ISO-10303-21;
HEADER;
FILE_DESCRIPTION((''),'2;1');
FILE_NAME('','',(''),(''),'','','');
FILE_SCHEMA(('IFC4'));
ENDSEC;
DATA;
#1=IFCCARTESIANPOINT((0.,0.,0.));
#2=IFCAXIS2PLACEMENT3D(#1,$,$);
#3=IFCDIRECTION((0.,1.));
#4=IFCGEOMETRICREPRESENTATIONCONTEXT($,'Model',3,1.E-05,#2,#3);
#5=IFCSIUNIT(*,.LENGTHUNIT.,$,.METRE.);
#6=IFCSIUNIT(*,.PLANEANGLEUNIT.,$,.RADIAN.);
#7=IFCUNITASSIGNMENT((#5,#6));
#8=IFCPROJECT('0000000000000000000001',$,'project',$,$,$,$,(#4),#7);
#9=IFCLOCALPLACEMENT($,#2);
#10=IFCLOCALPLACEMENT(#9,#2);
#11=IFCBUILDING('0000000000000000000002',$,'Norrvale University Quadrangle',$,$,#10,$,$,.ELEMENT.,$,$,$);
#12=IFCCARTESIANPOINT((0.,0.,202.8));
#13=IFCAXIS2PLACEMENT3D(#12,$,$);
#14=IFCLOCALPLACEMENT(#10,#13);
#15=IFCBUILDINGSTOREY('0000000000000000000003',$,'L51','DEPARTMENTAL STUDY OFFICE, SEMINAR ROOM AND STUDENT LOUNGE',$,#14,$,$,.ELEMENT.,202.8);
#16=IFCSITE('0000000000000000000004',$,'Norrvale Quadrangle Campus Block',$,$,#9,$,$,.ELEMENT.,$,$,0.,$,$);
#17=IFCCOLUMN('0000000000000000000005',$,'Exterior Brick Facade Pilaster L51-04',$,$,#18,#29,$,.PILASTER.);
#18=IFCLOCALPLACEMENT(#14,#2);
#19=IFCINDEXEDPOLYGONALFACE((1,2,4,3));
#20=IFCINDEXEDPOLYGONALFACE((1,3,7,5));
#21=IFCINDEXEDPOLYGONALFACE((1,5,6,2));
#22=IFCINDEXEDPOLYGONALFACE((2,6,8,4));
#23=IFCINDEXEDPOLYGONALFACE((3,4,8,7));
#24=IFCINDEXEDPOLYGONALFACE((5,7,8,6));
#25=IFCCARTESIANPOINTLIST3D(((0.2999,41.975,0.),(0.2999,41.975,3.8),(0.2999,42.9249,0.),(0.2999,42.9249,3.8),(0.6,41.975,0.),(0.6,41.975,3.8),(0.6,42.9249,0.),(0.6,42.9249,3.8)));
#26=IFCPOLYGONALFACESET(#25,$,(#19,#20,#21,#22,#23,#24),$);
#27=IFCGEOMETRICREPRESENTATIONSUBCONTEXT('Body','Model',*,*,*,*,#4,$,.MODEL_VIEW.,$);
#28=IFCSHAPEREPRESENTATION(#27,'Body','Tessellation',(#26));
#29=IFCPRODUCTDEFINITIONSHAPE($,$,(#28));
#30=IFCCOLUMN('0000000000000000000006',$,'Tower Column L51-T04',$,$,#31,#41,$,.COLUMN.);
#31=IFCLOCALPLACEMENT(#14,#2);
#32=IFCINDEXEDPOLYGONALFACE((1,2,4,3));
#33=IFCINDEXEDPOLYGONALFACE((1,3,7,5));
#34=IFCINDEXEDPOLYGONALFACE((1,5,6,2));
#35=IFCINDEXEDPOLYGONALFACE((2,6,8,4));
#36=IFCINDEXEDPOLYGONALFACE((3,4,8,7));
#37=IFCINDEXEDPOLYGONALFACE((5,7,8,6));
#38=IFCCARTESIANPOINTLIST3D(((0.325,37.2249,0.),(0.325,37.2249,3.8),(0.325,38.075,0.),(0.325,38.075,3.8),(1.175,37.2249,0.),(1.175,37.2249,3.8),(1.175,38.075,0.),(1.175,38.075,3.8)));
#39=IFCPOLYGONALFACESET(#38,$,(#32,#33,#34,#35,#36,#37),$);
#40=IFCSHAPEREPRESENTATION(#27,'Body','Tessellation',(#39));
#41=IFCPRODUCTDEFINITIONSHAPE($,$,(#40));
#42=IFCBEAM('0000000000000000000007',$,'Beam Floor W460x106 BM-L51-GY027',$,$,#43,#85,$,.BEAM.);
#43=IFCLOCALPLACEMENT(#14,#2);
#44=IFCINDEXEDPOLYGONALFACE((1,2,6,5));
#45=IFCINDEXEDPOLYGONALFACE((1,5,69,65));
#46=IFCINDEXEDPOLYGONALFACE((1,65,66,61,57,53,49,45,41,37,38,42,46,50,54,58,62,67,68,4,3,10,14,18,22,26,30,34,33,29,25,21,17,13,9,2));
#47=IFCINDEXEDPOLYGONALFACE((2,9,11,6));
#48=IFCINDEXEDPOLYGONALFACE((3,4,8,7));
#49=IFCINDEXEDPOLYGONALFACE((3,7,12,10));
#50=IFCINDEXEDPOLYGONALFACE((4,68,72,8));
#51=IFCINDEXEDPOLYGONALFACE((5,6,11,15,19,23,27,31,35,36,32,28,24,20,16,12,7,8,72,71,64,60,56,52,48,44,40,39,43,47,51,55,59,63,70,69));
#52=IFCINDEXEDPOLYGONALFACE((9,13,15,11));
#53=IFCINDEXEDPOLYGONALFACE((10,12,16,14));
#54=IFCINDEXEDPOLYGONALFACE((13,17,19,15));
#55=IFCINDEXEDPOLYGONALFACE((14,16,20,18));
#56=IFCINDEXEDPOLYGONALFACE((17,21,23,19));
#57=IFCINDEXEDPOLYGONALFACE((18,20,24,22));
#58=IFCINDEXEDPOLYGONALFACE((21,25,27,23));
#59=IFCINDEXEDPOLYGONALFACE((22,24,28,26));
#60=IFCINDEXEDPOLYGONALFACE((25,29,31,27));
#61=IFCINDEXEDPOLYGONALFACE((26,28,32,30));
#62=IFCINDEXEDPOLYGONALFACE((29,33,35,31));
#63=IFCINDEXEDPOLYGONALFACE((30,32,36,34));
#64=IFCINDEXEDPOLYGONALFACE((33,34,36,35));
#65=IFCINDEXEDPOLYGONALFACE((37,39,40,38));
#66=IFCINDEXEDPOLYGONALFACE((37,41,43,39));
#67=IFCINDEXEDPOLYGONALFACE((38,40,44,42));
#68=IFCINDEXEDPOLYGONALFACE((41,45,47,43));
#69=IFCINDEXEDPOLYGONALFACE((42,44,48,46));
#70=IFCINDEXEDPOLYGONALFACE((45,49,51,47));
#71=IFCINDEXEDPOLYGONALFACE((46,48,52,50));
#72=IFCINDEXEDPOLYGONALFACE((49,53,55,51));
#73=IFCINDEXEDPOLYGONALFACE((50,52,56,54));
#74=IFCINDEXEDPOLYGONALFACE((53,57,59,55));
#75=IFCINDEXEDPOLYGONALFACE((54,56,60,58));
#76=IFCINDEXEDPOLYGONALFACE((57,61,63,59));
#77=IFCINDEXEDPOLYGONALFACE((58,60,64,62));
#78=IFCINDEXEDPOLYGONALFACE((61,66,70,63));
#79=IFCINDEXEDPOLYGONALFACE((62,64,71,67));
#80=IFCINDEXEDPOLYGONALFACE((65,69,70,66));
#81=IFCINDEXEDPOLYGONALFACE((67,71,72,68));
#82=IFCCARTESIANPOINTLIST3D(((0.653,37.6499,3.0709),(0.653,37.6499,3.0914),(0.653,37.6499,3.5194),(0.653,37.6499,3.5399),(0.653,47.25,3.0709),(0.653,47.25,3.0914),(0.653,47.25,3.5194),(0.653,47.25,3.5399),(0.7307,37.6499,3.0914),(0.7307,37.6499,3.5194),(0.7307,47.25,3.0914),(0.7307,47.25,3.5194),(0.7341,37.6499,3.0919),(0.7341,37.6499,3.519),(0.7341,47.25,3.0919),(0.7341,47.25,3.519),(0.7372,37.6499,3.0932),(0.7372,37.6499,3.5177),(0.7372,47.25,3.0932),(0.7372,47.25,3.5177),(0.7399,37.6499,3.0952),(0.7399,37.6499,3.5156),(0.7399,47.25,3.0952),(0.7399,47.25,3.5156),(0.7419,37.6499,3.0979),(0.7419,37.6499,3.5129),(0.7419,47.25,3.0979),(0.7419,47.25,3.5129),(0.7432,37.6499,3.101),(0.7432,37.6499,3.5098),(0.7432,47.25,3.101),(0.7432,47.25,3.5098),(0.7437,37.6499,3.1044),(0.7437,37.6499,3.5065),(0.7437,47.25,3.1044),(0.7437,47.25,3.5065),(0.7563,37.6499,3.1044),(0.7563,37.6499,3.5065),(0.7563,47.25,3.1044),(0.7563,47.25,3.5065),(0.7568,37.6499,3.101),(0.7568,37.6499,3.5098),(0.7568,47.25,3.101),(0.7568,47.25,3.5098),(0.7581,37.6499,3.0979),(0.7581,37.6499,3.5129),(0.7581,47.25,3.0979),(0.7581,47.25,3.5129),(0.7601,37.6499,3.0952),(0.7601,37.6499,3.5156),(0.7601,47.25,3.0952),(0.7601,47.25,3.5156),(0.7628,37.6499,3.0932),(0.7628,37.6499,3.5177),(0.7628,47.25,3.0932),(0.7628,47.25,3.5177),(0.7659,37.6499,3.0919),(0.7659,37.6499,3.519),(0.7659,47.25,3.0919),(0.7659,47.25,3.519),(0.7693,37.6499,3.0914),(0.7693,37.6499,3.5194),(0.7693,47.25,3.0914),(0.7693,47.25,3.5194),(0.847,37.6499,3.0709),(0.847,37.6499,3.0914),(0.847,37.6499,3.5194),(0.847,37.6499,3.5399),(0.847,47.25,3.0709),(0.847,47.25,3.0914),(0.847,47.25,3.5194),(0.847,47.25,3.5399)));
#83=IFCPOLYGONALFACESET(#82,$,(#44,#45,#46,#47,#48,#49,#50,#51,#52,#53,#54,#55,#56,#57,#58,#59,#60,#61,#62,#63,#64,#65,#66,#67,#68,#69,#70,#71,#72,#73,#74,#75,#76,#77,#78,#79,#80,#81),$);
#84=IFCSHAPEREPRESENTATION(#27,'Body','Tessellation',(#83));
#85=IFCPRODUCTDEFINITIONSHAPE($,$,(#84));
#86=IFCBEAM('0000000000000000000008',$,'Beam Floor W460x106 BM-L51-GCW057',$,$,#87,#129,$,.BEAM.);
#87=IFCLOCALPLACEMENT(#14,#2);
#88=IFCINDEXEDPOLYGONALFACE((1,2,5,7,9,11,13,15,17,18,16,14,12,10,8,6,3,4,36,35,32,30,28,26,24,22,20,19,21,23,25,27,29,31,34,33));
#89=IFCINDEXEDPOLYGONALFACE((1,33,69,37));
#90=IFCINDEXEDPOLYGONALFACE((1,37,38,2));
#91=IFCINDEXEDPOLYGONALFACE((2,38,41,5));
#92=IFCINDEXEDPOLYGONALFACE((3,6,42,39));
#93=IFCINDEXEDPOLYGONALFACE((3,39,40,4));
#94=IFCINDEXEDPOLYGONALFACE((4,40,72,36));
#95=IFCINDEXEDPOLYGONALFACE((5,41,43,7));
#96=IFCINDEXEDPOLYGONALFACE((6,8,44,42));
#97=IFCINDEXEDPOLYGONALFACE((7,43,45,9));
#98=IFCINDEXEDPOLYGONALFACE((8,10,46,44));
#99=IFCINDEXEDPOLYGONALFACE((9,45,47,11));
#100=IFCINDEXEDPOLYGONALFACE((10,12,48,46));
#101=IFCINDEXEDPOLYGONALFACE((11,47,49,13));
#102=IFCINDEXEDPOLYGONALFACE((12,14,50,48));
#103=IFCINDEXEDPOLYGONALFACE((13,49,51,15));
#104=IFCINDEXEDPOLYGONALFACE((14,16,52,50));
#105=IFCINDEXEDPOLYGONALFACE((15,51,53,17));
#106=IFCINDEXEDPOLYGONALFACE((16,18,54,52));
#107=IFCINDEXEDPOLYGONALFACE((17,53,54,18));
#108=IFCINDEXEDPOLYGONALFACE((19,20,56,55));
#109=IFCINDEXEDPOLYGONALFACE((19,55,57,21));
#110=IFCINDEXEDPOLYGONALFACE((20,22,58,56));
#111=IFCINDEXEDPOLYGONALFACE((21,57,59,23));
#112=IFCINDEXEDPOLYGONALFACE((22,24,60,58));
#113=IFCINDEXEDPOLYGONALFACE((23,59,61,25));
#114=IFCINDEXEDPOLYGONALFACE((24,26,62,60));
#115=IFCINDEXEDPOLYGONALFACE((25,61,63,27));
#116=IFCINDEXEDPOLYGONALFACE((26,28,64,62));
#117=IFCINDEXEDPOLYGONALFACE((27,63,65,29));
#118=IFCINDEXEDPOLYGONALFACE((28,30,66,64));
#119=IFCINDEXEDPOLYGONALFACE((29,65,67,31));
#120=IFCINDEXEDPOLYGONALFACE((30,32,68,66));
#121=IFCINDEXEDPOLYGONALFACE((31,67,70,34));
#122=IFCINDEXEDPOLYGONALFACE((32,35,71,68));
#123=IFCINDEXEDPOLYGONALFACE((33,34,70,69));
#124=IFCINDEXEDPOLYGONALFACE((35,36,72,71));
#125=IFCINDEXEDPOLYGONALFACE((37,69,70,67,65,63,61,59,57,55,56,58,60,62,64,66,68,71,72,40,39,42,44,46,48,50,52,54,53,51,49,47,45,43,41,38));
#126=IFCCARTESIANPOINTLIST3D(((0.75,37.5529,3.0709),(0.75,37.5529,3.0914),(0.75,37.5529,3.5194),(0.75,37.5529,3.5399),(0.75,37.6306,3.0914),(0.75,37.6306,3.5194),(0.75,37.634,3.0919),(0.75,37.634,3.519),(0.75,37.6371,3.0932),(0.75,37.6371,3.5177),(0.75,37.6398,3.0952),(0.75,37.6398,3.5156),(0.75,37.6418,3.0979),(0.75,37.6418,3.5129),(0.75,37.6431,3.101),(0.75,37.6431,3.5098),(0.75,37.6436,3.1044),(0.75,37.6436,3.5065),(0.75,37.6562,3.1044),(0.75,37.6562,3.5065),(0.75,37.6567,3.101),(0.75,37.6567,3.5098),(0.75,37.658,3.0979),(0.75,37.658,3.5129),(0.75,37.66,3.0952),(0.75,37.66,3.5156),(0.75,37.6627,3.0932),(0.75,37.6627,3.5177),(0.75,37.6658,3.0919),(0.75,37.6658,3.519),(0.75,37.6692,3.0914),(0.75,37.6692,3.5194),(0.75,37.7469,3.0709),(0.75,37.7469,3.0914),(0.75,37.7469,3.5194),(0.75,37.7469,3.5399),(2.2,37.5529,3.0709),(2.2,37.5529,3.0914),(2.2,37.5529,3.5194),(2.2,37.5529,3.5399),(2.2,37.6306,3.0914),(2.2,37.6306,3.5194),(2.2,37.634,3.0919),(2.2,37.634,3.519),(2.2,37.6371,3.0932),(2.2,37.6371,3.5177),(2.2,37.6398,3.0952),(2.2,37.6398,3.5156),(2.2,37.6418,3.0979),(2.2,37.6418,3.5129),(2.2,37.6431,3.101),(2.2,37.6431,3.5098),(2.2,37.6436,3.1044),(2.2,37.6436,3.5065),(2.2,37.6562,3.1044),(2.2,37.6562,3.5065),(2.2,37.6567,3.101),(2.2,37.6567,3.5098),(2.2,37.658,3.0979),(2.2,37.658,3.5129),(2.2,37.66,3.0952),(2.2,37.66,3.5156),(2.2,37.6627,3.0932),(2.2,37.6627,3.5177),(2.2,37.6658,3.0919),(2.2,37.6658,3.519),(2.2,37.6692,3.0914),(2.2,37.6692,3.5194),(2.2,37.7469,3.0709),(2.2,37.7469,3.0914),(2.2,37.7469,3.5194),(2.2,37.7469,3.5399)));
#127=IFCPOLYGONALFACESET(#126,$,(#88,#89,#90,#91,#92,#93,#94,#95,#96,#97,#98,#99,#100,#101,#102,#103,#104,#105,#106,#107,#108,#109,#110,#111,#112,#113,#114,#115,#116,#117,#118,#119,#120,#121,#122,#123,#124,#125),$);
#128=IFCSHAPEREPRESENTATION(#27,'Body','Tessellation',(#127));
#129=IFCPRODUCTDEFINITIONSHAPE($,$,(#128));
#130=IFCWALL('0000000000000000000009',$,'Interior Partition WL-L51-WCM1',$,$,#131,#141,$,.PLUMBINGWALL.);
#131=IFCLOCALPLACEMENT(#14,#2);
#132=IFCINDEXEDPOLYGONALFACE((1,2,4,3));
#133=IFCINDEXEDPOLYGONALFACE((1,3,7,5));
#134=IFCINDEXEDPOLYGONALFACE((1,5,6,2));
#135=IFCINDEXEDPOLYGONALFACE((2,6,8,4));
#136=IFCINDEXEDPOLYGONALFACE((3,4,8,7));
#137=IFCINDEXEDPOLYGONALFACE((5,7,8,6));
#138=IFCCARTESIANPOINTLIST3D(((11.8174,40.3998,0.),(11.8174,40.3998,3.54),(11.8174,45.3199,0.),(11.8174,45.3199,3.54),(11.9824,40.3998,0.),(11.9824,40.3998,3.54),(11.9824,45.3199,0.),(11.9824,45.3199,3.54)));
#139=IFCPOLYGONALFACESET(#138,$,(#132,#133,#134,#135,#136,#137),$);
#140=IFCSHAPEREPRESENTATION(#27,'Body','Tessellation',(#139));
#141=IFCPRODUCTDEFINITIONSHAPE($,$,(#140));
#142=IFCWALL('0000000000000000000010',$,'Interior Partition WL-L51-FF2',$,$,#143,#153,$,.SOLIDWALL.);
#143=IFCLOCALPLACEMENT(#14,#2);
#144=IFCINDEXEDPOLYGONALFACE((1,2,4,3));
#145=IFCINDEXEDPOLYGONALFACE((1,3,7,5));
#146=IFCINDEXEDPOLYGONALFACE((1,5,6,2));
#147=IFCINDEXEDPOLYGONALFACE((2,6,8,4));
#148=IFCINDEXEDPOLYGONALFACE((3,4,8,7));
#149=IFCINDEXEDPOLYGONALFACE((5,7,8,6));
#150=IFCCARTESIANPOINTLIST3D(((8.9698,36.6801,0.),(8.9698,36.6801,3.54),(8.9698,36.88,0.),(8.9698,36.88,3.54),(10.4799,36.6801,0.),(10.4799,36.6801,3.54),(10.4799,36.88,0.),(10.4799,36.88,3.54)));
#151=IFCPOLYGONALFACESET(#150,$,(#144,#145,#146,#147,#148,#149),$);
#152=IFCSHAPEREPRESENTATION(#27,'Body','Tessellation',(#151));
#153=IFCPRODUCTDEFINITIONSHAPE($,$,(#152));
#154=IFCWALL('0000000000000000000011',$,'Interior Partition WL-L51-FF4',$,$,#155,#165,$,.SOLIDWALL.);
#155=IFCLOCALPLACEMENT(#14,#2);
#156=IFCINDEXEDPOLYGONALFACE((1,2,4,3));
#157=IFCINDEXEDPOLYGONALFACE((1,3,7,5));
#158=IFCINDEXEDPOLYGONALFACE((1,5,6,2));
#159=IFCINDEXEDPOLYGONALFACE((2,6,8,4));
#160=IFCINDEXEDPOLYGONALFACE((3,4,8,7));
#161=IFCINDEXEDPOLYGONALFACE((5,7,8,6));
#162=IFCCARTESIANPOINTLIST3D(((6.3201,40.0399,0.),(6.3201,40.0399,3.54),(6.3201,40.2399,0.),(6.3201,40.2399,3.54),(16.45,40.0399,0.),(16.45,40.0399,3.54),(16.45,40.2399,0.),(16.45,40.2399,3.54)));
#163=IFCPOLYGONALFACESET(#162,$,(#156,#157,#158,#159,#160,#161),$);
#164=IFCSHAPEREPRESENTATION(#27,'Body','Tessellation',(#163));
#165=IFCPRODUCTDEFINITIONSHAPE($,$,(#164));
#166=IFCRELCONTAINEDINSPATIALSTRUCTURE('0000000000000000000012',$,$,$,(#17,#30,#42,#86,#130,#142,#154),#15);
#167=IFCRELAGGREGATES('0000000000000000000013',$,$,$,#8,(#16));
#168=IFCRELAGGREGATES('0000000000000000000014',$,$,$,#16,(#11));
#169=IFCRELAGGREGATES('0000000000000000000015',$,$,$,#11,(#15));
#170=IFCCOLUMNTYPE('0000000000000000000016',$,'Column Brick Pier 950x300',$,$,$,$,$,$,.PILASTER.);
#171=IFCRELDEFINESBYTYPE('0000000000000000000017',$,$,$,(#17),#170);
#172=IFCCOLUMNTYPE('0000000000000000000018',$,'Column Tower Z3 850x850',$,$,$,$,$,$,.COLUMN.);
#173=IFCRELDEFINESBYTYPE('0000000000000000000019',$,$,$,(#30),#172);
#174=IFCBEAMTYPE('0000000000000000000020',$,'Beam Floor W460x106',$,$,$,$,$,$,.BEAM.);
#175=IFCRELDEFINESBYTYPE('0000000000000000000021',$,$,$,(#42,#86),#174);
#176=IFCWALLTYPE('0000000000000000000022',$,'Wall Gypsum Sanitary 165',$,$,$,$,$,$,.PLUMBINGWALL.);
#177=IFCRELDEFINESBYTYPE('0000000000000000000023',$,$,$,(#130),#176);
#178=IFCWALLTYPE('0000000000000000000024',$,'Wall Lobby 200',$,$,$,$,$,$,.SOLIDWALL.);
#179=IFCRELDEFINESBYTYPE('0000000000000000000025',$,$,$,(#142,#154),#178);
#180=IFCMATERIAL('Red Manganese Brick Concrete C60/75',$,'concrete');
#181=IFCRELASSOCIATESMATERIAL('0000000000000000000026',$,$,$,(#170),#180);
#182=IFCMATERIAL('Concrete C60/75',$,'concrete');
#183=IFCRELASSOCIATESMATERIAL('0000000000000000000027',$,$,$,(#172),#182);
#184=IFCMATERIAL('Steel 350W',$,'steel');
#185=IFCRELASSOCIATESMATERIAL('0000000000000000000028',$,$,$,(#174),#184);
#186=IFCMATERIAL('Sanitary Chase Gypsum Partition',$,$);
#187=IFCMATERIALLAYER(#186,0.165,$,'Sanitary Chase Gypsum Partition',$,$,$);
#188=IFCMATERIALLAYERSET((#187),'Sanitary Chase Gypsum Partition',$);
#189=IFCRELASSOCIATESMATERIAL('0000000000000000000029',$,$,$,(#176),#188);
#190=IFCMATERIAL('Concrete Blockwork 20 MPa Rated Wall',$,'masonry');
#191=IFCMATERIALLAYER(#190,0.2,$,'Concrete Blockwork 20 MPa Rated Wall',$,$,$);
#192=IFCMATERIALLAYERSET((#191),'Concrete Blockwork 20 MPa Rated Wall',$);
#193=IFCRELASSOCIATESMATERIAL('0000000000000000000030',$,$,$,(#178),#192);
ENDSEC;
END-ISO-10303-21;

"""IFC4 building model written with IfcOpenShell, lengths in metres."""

from ifc_helpers import new_model, si_unit, direction, frame, frame_2d, origin, origin_2d, place, context, subcontext, project, spatial, rectangle, i_section, extrude, material, layer, layer_set, material_profile, profile_set, type_object, element, save


model = new_model("IFC4")

# Units and contexts
model_context = context("Model", 3, precision=1e-05, world=origin(), true_north=direction((0.0, 1.0)))
body_context = subcontext(model_context, "Body", "Model", "MODEL_VIEW")
ifc_project = project(units=[si_unit("LENGTHUNIT", "METRE"), si_unit("PLANEANGLEUNIT", "RADIAN")], contexts=[model_context])

# Site, building, storey
site_placement = place(None, origin())
site = spatial("IfcSite", under=ifc_project, at=site_placement, Name="Norrvale Quadrangle Campus Block", CompositionType="ELEMENT", RefElevation=0.0)
building_placement = place(site_placement, origin())
building = spatial("IfcBuilding", under=site, at=building_placement, Name="Norrvale University Quadrangle", CompositionType="ELEMENT")
storey_placement = place(building_placement, frame((0.0, 0.0, 202.8)))
storey = spatial("IfcBuildingStorey", under=building, at=storey_placement, Name="L51", Description="DEPARTMENTAL STUDY OFFICE, SEMINAR ROOM AND STUDENT LOUNGE", CompositionType="ELEMENT", Elevation=202.8)

# Columns
ifc_material_1 = material(Name="Red Manganese Brick Concrete C60/75", Category="concrete")
ifc_material_profile_1 = material_profile(ifc_material_1, rectangle(XDim=0.95, YDim=0.3, at=origin_2d()), Name="Red Manganese Brick Concrete C60/75")
ifc_profile_set_1 = profile_set([ifc_material_profile_1], Name="Red Manganese Brick Concrete C60/75")
column_type_1 = type_object("IfcColumnType", Name="Column Brick Pier 950x300", PredefinedType="PILASTER", material=ifc_profile_set_1)
column_1_placement = place(storey_placement, frame((0.45, 42.45, 0.0), z_axis=(0.0, 0.0, 1.0), x_axis=(0.0, 1.0, 0.0)))
element("IfcColumn", 1, at=column_1_placement, inside=storey, type_object=column_type_1, Name="Exterior Brick Facade Pilaster L51-04", PredefinedType="PILASTER", context=body_context, shape_type="SweptSolid", body=[
    extrude(rectangle(XDim=0.95, YDim=0.3, at=origin_2d()), origin(), (0.0, 0.0, 1.0), 3.8),
])
ifc_material_2 = material(Name="Concrete C60/75", Category="concrete")
ifc_material_profile_2 = material_profile(ifc_material_2, rectangle(XDim=0.8501, YDim=0.8501, at=origin_2d()), Name="Concrete C60/75")
ifc_profile_set_2 = profile_set([ifc_material_profile_2], Name="Concrete C60/75")
column_type_2 = type_object("IfcColumnType", Name="Column Tower Z3 850x850", PredefinedType="COLUMN", material=ifc_profile_set_2)
column_2_placement = place(storey_placement, frame((0.75, 37.6499, 0.0), z_axis=(0.0, 0.0, 1.0), x_axis=(1.0, 0.0, 0.0)))
element("IfcColumn", 2, at=column_2_placement, inside=storey, type_object=column_type_2, Name="Tower Column L51-T04", PredefinedType="COLUMN", context=body_context, shape_type="SweptSolid", body=[
    extrude(rectangle(XDim=0.8501, YDim=0.8501, at=origin_2d()), origin(), (0.0, 0.0, 1.0), 3.8),
])

# Beams
ifc_material_3 = material(Name="Steel 350W", Category="steel")
ifc_material_profile_3 = material_profile(ifc_material_3, i_section(OverallWidth=0.1941, OverallDepth=0.469, WebThickness=0.0127, FlangeThickness=0.0205, FilletRadius=0.0129, at=origin_2d()), Name="Steel 350W")
ifc_profile_set_3 = profile_set([ifc_material_profile_3], Name="Steel 350W")
beam_type = type_object("IfcBeamType", Name="Beam Floor W460x106", PredefinedType="BEAM", material=ifc_profile_set_3)
beam_1_placement = place(storey_placement, frame((0.75, 37.6499, 3.3054), z_axis=(0.0, 1.0, 0.0), x_axis=(-1.0, 0.0, 0.0)))
element("IfcBeam", 3, at=beam_1_placement, inside=storey, type_object=beam_type, Name="Beam Floor W460x106 BM-L51-GY027", PredefinedType="BEAM", context=body_context, shape_type="SweptSolid", body=[
    extrude(i_section(OverallWidth=0.1941, OverallDepth=0.469, WebThickness=0.0127, FlangeThickness=0.0205, FilletRadius=0.0129, at=origin_2d()), origin(), (0.0, 0.0, 1.0), 9.6001),
])
beam_2_placement = place(storey_placement, frame((0.75, 37.6499, 3.3054), z_axis=(1.0, 0.0, 0.0), x_axis=(0.0, 1.0, 0.0)))
element("IfcBeam", 4, at=beam_2_placement, inside=storey, type_object=beam_type, Name="Beam Floor W460x106 BM-L51-GCW057", PredefinedType="BEAM", context=body_context, shape_type="SweptSolid", body=[
    extrude(i_section(OverallWidth=0.1941, OverallDepth=0.469, WebThickness=0.0127, FlangeThickness=0.0205, FilletRadius=0.0129, at=origin_2d()), origin(), (0.0, 0.0, 1.0), 1.45),
])

# Walls
ifc_material_4 = material(Name="Sanitary Chase Gypsum Partition")
ifc_layer_1 = layer(ifc_material_4, 0.165, Name="Sanitary Chase Gypsum Partition")
ifc_layer_set_1 = layer_set([ifc_layer_1], Name="Sanitary Chase Gypsum Partition")
wall_type_1 = type_object("IfcWallType", Name="Wall Gypsum Sanitary 165", PredefinedType="PLUMBINGWALL", material=ifc_layer_set_1)
wall_1_placement = place(storey_placement, frame((11.8999, 40.3999, 0.0), z_axis=(0.0, 0.0, 1.0), x_axis=(0.0, 1.0, 0.0)))
element("IfcWall", 5, at=wall_1_placement, inside=storey, type_object=wall_type_1, Name="Interior Partition WL-L51-WCM1", PredefinedType="PLUMBINGWALL", context=body_context, shape_type="SweptSolid", body=[
    extrude(rectangle(XDim=4.9202, YDim=0.165, at=frame_2d((2.46, 0.0))), origin(), (0.0, 0.0, 1.0), 3.54),
])
ifc_material_5 = material(Name="Concrete Blockwork 20 MPa Rated Wall", Category="masonry")
ifc_layer_2 = layer(ifc_material_5, 0.2, Name="Concrete Blockwork 20 MPa Rated Wall")
ifc_layer_set_2 = layer_set([ifc_layer_2], Name="Concrete Blockwork 20 MPa Rated Wall")
wall_type_2 = type_object("IfcWallType", Name="Wall Lobby 200", PredefinedType="SOLIDWALL", material=ifc_layer_set_2)
wall_2_placement = place(storey_placement, frame((8.97, 36.78, 0.0), z_axis=(0.0, 0.0, 1.0), x_axis=(1.0, 0.0, 0.0)))
element("IfcWall", 6, at=wall_2_placement, inside=storey, type_object=wall_type_2, Name="Interior Partition WL-L51-FF2", PredefinedType="SOLIDWALL", context=body_context, shape_type="SweptSolid", body=[
    extrude(rectangle(XDim=1.51, YDim=0.2, at=frame_2d((0.7549, 0.0))), origin(), (0.0, 0.0, 1.0), 3.54),
])
wall_3_placement = place(storey_placement, frame((6.3201, 40.1399, 0.0), z_axis=(0.0, 0.0, 1.0), x_axis=(1.0, 0.0, 0.0)))
element("IfcWall", 7, at=wall_3_placement, inside=storey, type_object=wall_type_2, Name="Interior Partition WL-L51-FF4", PredefinedType="SOLIDWALL", context=body_context, shape_type="SweptSolid", body=[
    extrude(rectangle(XDim=10.1299, YDim=0.2, at=frame_2d((5.0649, 0.0))), origin(), (0.0, 0.0, 1.0), 3.54),
])

save(model, "model.ifc")
